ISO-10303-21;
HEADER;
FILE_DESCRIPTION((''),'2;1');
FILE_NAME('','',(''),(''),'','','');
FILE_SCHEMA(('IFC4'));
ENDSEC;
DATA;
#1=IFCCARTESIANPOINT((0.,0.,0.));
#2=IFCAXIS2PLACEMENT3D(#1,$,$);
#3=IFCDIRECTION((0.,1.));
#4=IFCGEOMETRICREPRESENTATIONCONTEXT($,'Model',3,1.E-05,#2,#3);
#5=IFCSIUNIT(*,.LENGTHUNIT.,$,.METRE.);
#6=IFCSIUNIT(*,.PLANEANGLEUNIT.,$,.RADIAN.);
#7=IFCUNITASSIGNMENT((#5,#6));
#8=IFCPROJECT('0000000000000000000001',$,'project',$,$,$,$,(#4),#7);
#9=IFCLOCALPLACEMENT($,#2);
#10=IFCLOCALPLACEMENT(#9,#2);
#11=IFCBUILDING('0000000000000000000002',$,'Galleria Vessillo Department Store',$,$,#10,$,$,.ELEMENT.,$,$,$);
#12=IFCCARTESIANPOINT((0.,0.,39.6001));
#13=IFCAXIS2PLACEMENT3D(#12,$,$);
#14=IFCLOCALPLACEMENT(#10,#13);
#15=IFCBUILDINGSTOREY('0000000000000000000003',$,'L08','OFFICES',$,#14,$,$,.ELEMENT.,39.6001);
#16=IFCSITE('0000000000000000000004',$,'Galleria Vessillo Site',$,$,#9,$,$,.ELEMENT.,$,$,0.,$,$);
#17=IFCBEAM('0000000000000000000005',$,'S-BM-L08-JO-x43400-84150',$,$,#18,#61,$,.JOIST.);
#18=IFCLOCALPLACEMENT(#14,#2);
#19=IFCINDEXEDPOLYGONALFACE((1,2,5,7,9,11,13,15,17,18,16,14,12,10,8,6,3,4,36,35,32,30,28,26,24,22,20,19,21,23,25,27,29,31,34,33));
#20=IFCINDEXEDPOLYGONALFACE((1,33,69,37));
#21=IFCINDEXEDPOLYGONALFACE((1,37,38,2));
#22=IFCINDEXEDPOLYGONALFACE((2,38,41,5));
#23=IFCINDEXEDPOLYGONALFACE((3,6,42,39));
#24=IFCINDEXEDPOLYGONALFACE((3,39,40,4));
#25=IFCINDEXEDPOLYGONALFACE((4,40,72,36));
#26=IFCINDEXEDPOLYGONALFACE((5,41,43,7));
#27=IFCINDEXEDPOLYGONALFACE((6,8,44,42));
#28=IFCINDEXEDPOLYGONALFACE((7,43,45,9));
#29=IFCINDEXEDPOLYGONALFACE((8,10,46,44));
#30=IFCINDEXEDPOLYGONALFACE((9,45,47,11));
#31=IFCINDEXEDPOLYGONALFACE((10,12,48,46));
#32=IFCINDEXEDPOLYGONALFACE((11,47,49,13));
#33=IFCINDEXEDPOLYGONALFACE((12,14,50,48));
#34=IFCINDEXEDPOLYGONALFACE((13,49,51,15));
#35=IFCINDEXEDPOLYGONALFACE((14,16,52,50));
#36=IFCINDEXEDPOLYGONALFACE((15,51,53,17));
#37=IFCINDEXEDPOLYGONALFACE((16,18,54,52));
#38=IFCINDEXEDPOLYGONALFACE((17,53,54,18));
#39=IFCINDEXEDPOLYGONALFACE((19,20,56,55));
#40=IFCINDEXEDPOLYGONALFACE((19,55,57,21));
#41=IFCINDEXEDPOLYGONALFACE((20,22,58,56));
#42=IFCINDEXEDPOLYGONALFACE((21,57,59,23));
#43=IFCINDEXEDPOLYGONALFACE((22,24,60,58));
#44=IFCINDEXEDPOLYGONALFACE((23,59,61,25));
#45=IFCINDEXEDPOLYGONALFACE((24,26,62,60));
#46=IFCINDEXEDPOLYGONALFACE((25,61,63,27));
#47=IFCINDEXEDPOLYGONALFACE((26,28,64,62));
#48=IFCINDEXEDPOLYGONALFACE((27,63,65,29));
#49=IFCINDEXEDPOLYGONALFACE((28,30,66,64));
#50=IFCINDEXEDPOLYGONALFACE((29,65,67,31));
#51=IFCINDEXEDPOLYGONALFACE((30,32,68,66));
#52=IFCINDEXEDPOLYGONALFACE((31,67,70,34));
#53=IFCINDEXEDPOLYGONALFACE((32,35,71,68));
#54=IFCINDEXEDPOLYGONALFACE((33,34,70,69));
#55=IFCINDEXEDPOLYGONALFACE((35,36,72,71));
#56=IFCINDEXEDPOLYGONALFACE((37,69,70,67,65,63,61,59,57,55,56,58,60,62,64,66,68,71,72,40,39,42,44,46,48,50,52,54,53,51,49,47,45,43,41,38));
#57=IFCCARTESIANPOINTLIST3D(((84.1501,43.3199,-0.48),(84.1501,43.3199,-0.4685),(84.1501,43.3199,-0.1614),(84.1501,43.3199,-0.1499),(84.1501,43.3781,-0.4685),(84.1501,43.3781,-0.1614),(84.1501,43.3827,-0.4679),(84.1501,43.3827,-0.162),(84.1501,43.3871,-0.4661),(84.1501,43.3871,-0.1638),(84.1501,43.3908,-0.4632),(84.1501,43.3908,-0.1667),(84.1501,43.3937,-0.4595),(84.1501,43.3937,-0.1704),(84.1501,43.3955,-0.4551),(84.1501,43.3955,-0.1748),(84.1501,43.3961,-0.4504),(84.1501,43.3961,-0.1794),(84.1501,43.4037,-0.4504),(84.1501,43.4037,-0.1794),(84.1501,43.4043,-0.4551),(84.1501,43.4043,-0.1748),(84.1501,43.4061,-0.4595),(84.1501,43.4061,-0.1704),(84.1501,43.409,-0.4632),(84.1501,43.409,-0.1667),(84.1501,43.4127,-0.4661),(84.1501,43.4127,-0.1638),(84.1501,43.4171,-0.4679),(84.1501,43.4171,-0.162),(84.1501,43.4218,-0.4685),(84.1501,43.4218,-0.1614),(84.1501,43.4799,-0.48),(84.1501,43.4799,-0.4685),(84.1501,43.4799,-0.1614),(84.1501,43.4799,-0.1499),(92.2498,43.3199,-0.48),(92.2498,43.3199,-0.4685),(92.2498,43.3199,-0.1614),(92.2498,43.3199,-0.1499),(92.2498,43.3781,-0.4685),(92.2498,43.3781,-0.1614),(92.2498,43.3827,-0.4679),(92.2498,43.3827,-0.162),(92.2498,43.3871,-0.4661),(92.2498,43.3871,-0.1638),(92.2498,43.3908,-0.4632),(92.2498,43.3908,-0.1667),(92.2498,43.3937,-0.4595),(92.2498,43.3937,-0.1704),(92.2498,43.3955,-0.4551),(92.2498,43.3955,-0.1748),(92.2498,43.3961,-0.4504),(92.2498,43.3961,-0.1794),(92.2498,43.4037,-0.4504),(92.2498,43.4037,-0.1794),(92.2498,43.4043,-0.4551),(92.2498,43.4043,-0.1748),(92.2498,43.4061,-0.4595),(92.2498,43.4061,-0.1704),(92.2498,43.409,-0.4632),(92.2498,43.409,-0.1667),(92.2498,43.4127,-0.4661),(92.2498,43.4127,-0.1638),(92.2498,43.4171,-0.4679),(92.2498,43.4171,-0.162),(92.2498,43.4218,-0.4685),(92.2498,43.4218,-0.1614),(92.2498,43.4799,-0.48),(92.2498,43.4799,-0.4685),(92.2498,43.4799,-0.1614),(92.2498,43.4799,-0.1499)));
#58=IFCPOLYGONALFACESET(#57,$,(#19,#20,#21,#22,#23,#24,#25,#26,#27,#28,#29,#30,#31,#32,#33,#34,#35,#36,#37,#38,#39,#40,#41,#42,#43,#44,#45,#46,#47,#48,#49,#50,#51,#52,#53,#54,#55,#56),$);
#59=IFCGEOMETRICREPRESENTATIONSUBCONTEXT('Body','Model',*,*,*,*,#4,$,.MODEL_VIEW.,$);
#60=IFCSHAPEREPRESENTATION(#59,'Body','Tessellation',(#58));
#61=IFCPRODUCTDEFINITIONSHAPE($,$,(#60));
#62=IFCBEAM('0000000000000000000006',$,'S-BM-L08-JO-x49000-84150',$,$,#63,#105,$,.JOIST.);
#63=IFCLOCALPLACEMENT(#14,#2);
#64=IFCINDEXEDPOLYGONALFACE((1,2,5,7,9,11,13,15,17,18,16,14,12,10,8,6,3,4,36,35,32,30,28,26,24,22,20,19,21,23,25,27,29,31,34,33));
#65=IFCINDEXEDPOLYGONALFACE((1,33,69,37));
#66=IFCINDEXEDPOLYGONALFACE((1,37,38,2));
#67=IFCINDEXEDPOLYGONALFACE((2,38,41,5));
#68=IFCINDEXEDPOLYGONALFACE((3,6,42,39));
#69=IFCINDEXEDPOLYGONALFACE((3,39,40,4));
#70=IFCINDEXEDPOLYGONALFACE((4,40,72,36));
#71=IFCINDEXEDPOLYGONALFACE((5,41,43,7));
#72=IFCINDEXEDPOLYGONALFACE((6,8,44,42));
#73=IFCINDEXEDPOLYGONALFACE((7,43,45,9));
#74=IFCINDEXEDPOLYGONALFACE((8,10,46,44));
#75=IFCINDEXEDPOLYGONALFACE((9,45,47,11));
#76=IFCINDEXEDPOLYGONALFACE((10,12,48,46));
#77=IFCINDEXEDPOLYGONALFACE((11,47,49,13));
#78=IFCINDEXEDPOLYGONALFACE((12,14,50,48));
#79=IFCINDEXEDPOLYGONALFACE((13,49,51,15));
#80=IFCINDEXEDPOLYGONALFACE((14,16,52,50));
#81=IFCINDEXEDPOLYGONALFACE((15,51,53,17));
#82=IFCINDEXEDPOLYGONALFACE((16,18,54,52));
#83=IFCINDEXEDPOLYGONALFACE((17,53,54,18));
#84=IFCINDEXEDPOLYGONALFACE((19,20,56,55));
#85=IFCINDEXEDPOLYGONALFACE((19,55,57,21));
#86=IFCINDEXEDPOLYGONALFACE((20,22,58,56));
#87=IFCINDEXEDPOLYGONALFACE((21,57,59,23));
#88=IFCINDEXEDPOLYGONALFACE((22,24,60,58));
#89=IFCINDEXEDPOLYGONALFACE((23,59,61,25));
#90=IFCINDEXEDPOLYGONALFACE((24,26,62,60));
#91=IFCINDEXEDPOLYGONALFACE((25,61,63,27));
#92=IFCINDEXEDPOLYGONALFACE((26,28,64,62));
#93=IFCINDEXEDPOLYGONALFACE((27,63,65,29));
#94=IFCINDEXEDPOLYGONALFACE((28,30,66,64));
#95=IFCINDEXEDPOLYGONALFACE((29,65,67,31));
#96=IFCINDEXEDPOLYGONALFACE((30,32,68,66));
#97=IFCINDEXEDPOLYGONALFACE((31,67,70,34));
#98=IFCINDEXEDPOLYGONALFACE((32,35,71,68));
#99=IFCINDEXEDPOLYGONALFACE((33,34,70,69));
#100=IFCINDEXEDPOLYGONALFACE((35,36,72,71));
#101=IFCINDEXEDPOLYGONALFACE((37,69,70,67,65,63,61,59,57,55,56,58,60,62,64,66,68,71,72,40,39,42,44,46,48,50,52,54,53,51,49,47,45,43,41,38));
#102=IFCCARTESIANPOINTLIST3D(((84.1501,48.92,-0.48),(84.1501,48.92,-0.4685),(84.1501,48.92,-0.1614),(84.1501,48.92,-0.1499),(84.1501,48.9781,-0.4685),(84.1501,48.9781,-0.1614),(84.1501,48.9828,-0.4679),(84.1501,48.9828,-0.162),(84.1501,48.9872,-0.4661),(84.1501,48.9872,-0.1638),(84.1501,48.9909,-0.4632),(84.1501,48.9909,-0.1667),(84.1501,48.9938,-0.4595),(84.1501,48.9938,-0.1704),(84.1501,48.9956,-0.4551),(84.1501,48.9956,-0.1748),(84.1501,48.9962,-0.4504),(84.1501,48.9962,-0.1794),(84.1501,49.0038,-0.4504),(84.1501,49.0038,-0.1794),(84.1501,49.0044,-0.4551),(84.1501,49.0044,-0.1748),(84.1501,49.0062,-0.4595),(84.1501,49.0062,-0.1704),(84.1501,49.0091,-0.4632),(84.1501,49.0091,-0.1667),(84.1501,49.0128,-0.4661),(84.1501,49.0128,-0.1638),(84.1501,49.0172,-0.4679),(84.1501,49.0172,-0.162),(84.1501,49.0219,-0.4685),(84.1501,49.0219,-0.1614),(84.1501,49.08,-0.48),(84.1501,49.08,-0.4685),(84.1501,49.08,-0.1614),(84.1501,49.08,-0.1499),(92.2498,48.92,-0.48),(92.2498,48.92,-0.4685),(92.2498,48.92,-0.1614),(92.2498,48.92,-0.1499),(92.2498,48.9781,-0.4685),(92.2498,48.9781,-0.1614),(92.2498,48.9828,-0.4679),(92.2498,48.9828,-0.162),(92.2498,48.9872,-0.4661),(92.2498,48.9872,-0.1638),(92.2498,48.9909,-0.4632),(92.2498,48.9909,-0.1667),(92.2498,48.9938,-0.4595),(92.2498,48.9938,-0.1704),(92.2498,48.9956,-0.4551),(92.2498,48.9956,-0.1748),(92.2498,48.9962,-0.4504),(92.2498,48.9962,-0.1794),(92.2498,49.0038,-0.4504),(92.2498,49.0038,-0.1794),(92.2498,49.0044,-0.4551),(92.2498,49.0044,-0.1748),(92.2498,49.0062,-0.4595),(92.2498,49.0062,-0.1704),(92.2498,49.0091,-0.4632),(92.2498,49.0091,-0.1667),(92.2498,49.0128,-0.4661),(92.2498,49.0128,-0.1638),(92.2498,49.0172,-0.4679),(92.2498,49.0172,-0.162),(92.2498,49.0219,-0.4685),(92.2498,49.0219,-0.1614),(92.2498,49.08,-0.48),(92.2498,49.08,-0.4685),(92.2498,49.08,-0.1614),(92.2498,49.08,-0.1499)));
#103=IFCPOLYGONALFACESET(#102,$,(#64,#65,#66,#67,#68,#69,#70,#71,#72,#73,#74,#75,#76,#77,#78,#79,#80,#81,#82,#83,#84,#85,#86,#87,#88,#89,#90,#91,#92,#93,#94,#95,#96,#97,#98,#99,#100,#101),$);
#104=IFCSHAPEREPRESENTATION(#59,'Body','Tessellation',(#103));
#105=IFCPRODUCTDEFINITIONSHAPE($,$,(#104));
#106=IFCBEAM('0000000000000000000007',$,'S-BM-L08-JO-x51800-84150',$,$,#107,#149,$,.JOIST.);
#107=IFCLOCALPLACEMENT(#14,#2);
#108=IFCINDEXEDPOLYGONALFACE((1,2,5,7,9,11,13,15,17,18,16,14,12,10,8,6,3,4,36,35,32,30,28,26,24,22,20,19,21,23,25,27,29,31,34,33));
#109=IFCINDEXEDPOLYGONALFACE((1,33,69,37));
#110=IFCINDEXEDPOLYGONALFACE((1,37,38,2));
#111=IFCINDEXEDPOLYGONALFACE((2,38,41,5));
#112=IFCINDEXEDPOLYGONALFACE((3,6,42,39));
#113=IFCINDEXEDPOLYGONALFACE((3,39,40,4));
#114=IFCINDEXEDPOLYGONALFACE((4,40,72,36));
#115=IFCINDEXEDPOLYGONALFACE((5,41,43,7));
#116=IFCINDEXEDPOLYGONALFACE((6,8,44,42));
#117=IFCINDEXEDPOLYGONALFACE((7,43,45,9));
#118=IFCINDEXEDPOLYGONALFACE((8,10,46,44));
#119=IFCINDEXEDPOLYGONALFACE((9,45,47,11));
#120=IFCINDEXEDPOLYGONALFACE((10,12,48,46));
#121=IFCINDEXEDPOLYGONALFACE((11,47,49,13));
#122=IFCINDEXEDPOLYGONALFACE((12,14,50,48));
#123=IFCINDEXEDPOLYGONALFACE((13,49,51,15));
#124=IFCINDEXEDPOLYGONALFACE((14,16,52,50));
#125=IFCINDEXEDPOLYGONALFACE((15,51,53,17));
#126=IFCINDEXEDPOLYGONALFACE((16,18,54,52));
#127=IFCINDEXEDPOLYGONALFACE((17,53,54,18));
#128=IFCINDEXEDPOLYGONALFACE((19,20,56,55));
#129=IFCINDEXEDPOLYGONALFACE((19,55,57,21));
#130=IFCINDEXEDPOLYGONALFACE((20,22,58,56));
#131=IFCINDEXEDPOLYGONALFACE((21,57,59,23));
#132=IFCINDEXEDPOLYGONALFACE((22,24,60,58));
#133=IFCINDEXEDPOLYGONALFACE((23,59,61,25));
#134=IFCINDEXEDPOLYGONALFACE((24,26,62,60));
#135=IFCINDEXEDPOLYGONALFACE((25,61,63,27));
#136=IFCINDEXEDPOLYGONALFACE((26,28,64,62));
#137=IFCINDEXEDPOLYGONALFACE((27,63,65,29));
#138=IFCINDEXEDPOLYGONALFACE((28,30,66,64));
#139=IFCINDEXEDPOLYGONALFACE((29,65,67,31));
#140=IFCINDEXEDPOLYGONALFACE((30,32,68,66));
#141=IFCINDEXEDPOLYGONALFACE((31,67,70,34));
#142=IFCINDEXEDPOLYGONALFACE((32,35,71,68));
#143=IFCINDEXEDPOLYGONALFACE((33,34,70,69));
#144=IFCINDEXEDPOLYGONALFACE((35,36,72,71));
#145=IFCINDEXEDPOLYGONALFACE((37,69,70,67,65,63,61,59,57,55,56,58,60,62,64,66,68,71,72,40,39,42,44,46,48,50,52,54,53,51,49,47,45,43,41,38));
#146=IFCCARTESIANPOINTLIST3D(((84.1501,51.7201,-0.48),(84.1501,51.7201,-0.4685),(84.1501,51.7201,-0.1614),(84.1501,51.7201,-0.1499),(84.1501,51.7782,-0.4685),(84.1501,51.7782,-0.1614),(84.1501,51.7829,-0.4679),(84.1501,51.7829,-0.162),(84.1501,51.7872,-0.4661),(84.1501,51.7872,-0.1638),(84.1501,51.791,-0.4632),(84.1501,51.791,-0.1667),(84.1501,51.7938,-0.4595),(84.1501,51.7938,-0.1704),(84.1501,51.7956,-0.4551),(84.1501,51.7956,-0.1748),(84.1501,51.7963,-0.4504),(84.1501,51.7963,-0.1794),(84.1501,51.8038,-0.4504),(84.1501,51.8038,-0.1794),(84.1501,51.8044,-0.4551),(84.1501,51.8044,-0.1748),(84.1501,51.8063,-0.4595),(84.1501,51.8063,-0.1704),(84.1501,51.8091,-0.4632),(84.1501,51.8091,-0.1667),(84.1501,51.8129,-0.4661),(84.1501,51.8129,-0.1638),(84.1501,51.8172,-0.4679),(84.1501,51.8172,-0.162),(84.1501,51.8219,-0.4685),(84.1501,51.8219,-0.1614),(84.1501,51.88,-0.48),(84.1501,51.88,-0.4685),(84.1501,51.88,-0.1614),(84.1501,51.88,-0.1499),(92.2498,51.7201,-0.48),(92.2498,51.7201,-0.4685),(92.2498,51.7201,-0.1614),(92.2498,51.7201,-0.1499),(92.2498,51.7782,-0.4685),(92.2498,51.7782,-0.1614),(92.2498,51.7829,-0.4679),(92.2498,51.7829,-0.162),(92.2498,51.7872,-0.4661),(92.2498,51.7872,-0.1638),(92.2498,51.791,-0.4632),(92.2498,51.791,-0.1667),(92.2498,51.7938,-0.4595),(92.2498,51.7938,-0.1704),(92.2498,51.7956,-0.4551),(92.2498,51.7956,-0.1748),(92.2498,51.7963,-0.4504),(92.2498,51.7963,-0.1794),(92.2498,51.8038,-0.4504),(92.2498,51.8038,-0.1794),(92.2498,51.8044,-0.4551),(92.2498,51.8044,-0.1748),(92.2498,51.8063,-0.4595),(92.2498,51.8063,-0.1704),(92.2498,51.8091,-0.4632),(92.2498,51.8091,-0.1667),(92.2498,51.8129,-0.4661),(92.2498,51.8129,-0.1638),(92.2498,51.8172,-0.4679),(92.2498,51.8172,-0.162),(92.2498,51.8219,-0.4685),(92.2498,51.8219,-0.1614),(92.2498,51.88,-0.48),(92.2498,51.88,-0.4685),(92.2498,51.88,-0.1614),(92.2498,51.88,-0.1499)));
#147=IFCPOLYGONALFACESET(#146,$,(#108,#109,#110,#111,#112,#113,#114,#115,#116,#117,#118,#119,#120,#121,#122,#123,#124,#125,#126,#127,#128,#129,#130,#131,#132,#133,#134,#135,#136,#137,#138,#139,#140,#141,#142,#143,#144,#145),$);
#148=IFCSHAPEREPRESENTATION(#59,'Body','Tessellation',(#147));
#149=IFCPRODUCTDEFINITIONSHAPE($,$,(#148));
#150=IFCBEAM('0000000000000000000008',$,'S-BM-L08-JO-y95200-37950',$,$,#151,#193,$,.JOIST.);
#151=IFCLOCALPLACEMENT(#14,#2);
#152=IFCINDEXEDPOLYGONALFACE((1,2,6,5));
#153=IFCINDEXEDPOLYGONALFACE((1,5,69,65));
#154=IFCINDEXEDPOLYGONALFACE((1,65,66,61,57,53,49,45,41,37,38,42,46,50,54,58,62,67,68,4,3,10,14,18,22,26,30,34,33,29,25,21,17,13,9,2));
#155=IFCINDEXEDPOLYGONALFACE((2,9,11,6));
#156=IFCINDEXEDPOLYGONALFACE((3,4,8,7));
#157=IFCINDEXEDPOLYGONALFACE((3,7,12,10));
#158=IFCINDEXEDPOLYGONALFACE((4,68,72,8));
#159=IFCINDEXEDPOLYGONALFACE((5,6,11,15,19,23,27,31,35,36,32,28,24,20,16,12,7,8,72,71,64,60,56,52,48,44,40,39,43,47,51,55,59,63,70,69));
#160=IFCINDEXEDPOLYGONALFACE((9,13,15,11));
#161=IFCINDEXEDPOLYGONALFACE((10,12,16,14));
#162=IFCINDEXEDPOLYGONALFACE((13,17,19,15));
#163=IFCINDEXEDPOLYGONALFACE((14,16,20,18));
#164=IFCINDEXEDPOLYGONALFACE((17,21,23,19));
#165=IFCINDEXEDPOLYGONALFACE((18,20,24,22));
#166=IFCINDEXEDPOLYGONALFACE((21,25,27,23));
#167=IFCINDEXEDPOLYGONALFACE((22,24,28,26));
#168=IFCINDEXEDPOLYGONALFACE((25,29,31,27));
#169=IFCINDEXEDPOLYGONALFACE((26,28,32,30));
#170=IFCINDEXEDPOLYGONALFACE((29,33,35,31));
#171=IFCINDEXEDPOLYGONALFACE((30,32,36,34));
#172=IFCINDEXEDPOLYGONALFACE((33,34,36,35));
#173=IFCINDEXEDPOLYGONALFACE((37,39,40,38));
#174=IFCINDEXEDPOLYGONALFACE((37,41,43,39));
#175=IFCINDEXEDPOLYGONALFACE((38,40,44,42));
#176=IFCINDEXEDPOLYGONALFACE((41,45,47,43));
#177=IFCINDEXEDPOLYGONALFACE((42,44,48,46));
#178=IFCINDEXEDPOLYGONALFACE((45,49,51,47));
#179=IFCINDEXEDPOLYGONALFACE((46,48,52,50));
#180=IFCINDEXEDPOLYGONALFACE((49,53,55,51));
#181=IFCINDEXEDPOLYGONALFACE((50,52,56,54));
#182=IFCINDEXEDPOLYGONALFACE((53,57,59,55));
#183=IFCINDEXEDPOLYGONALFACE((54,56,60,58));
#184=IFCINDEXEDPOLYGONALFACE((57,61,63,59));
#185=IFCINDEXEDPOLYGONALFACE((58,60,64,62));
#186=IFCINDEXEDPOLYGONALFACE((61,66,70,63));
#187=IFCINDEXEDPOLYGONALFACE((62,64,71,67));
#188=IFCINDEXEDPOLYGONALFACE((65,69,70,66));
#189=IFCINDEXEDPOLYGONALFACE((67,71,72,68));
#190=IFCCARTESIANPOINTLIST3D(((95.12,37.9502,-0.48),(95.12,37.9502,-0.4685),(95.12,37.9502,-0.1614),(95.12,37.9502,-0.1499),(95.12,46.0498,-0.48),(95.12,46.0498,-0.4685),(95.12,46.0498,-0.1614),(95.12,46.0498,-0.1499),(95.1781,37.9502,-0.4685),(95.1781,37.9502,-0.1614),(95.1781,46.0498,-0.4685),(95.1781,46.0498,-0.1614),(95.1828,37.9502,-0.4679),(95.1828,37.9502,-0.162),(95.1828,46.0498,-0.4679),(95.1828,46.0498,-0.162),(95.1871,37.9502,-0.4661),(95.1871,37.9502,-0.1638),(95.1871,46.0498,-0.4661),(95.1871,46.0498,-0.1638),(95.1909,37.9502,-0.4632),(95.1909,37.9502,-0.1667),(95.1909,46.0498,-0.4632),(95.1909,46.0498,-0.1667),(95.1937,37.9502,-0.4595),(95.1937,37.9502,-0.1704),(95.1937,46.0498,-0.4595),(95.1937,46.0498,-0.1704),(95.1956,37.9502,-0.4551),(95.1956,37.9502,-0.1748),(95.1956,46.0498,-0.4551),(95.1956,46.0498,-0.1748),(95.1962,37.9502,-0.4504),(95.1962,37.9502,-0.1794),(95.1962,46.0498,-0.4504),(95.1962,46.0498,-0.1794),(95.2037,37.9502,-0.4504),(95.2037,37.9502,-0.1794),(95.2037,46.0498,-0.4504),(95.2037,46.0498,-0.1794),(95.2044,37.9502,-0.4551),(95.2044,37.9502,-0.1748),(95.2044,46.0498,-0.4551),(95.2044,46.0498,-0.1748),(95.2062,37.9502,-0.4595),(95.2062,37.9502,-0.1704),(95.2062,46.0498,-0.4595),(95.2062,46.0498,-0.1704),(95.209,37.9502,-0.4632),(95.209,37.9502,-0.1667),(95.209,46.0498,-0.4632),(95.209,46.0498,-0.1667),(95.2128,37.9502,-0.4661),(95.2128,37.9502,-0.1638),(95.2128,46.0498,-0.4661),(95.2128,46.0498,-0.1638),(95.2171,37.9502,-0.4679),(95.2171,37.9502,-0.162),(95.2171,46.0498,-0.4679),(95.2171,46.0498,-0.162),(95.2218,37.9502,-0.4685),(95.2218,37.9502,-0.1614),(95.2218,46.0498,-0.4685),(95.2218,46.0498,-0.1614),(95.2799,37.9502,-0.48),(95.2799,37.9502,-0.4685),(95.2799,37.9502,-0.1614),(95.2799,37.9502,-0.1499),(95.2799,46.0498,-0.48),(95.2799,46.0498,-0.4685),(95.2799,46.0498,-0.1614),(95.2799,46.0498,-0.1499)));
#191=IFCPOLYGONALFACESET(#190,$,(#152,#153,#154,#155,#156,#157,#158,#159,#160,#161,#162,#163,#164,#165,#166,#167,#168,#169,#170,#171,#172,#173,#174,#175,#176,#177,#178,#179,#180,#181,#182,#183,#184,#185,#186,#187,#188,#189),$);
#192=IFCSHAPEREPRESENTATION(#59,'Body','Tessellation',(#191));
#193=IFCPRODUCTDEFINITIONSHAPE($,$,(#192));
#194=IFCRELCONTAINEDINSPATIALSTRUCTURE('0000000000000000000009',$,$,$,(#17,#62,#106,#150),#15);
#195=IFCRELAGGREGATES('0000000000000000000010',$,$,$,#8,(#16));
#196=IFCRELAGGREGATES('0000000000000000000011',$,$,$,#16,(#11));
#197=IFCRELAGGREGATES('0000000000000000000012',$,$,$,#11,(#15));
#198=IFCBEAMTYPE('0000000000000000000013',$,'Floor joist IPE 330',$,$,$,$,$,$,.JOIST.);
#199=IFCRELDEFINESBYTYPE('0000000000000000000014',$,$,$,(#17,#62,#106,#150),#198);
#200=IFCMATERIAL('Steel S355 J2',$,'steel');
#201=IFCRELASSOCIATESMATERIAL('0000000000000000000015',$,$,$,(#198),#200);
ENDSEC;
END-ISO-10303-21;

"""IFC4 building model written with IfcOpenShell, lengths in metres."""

from ifc_helpers import new_model, si_unit, direction, frame, origin, origin_2d, place, context, subcontext, project, spatial, i_section, extrude, material, material_profile, profile_set, type_object, element, save


model = new_model("IFC4")

# Units and contexts
model_context = context("Model", 3, precision=1e-05, world=origin(), true_north=direction((0.0, 1.0)))
body_context = subcontext(model_context, "Body", "Model", "MODEL_VIEW")
ifc_project = project(units=[si_unit("LENGTHUNIT", "METRE"), si_unit("PLANEANGLEUNIT", "RADIAN")], contexts=[model_context])

# Site, building, storey
site_placement = place(None, origin())
site = spatial("IfcSite", under=ifc_project, at=site_placement, Name="Galleria Vessillo Site", CompositionType="ELEMENT", RefElevation=0.0)
building_placement = place(site_placement, origin())
building = spatial("IfcBuilding", under=site, at=building_placement, Name="Galleria Vessillo Department Store", CompositionType="ELEMENT")
storey_placement = place(building_placement, frame((0.0, 0.0, 39.6001)))
storey = spatial("IfcBuildingStorey", under=building, at=storey_placement, Name="L08", Description="OFFICES", CompositionType="ELEMENT", Elevation=39.6001)

# Beams
ifc_material_1 = material(Name="Steel S355 J2", Category="steel")
ifc_material_profile_1 = material_profile(ifc_material_1, i_section(OverallWidth=0.1599, OverallDepth=0.3301, WebThickness=0.0076, FlangeThickness=0.0115, FilletRadius=0.0181, at=origin_2d()), Name="IPE 330")
ifc_profile_set_1 = profile_set([ifc_material_profile_1], Name="Steel S355 J2")
beam_type_1 = type_object("IfcBeamType", Name="Floor joist IPE 330", PredefinedType="JOIST", material=ifc_profile_set_1)
for number, where, z_axis, x_axis, name in (
    (1, (84.1501, 43.3999, -0.3149), (1.0, 0.0, 0.0), (0.0, 1.0, 0.0), "S-BM-L08-JO-x43400-84150"),
    (2, (84.1501, 49.0, -0.3149), (1.0, 0.0, 0.0), (0.0, 1.0, 0.0), "S-BM-L08-JO-x49000-84150"),
    (3, (84.1501, 51.8, -0.3149), (1.0, 0.0, 0.0), (0.0, 1.0, 0.0), "S-BM-L08-JO-x51800-84150"),
    (4, (95.2, 37.9502, -0.3149), (0.0, 1.0, 0.0), (-1.0, 0.0, 0.0), "S-BM-L08-JO-y95200-37950"),
):
    element("IfcBeam", number, at=place(storey_placement, frame(where, z_axis=z_axis, x_axis=x_axis)), inside=storey, type_object=beam_type_1, Name=name, PredefinedType="JOIST", context=body_context, shape_type="SweptSolid", body=[
        extrude(i_section(OverallWidth=0.1599, OverallDepth=0.3301, WebThickness=0.0076, FlangeThickness=0.0115, FilletRadius=0.0181, at=origin_2d()), origin(), (0.0, 0.0, 1.0), 8.0996),
    ])

save(model, "model.ifc")
